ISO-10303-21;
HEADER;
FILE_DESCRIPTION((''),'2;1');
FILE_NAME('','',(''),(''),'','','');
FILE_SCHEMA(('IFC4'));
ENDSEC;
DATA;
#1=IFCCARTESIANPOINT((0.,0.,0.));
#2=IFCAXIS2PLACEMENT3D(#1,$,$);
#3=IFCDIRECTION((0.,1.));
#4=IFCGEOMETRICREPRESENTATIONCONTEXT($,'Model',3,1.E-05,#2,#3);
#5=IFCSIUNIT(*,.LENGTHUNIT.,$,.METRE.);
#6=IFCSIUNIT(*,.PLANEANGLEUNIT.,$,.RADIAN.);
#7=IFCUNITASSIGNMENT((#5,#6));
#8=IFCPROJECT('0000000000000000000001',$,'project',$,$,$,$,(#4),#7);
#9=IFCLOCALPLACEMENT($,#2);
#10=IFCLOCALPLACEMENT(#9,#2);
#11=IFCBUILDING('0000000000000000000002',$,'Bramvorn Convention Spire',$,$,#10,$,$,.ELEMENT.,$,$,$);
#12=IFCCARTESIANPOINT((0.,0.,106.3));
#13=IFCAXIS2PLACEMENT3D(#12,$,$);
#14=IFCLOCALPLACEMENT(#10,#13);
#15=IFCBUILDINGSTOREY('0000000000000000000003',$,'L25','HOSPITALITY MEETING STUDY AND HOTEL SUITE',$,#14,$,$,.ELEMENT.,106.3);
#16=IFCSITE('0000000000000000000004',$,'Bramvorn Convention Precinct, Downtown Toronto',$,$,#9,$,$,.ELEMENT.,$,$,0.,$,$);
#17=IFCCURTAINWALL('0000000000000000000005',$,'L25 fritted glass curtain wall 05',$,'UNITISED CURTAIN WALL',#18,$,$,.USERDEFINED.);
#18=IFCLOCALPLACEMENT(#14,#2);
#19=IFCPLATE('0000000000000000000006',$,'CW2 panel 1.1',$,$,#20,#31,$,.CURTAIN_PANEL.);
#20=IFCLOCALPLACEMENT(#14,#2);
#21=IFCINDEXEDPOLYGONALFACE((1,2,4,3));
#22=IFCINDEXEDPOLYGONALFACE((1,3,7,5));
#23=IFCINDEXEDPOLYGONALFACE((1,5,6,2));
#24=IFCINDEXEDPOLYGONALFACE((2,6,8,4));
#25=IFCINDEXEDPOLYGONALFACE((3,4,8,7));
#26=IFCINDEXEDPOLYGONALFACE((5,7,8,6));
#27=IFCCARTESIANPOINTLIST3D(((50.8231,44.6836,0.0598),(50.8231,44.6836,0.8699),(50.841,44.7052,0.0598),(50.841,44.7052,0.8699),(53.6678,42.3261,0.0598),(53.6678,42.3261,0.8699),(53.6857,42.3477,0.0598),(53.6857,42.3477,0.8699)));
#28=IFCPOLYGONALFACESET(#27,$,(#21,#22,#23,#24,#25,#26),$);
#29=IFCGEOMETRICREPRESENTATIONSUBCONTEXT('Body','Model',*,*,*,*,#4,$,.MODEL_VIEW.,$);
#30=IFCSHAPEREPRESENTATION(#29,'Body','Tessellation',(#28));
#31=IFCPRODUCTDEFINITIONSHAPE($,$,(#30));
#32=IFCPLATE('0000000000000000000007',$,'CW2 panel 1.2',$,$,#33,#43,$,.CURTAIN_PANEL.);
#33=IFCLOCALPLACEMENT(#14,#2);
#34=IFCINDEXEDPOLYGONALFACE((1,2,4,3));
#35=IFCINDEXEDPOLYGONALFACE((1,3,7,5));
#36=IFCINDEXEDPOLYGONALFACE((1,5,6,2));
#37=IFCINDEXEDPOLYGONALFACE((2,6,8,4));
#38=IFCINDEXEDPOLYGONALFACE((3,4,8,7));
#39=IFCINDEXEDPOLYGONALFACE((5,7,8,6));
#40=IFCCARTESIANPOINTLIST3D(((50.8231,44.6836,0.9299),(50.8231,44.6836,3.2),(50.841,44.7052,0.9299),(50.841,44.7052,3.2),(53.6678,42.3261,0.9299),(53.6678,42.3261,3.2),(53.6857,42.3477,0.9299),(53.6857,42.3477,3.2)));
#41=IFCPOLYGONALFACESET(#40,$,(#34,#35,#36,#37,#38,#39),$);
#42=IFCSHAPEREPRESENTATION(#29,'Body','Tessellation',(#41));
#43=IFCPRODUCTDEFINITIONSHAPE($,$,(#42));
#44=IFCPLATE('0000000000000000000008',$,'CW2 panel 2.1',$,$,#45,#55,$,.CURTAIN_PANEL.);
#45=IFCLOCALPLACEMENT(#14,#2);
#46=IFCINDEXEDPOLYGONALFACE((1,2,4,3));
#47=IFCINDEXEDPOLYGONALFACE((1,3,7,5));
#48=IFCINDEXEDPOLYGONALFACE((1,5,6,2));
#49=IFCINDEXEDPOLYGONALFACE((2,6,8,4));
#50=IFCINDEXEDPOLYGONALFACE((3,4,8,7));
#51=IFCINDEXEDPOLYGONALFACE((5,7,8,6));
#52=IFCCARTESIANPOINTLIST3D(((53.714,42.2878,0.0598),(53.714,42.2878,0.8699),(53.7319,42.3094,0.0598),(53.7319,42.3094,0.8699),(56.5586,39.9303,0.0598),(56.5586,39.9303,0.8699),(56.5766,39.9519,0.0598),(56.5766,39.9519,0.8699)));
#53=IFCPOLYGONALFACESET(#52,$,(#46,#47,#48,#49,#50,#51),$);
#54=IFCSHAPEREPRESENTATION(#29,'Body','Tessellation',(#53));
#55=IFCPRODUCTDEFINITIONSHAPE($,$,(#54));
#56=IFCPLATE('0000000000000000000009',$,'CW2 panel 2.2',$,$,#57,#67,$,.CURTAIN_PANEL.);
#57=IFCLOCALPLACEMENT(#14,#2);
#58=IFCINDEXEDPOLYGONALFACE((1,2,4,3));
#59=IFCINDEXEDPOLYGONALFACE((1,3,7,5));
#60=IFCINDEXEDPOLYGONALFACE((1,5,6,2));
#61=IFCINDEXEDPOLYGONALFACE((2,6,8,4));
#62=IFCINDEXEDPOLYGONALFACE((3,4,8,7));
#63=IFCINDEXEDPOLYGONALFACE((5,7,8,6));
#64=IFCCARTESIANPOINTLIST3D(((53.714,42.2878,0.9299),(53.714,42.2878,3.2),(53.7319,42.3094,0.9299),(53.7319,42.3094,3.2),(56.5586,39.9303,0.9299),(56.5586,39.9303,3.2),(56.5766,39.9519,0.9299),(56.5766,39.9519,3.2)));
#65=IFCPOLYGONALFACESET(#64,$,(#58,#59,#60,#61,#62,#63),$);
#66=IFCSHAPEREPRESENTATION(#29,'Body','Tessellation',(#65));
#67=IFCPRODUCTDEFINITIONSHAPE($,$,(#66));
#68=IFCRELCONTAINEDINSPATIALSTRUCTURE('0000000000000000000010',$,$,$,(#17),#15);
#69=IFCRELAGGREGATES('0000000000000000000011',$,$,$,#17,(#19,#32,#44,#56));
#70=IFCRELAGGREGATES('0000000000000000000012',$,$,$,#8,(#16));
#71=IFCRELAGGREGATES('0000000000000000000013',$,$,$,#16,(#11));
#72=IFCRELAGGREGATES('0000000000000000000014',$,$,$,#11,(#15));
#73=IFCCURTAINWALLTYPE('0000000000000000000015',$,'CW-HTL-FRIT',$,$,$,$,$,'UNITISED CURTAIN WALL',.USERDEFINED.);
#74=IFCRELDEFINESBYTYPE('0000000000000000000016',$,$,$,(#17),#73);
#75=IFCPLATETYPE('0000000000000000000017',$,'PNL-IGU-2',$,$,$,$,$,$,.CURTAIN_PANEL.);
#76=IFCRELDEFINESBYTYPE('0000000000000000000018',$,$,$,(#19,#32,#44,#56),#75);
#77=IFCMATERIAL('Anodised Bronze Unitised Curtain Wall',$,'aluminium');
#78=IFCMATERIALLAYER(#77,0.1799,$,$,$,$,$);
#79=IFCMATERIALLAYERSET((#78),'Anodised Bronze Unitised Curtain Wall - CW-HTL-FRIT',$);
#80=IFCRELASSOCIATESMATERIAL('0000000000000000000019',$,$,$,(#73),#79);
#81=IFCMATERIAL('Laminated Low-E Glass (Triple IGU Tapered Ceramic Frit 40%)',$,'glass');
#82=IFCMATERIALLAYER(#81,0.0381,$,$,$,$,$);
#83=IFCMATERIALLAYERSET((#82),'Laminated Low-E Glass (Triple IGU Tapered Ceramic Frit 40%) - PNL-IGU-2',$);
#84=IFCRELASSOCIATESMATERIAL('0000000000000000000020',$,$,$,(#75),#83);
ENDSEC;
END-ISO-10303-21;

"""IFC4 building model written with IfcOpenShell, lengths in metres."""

from ifc_helpers import new_model, si_unit, direction, frame, origin, origin_2d, place, context, subcontext, project, spatial, rectangle, extrude, material, layer, layer_set, type_object, element, aggregate, save


model = new_model("IFC4")

# Units and contexts
model_context = context("Model", 3, precision=1e-05, world=origin(), true_north=direction((0.0, 1.0)))
body_context = subcontext(model_context, "Body", "Model", "MODEL_VIEW")
ifc_project = project(units=[si_unit("LENGTHUNIT", "METRE"), si_unit("PLANEANGLEUNIT", "RADIAN")], contexts=[model_context])

# Site, building, storey
site_placement = place(None, origin())
site = spatial("IfcSite", under=ifc_project, at=site_placement, Name="Bramvorn Convention Precinct, Downtown Toronto", CompositionType="ELEMENT", RefElevation=0.0)
building_placement = place(site_placement, origin())
building = spatial("IfcBuilding", under=site, at=building_placement, Name="Bramvorn Convention Spire", CompositionType="ELEMENT")
storey_placement = place(building_placement, frame((0.0, 0.0, 106.3)))
storey = spatial("IfcBuildingStorey", under=building, at=storey_placement, Name="L25", Description="HOSPITALITY MEETING STUDY AND HOTEL SUITE", CompositionType="ELEMENT", Elevation=106.3)

# Shared definitions
ifc_material_1 = material(Name="Anodised Bronze Unitised Curtain Wall", Category="aluminium")
ifc_layer_1 = layer(ifc_material_1, 0.1799)
ifc_layer_set_1 = layer_set([ifc_layer_1], Name="Anodised Bronze Unitised Curtain Wall - CW-HTL-FRIT")
curtain_wall_type = type_object("IfcCurtainWallType", Name="CW-HTL-FRIT", ElementType="UNITISED CURTAIN WALL", PredefinedType="USERDEFINED", material=ifc_layer_set_1)

# Curtain wall
curtain_wall_1_placement = place(storey_placement, origin())
curtain_wall_1 = element("IfcCurtainWall", 1, at=curtain_wall_1_placement, inside=storey, type_object=curtain_wall_type, Name="L25 fritted glass curtain wall 05", ObjectType="UNITISED CURTAIN WALL", PredefinedType="USERDEFINED")

# Plates
ifc_material_2 = material(Name="Laminated Low-E Glass (Triple IGU Tapered Ceramic Frit 40%)", Category="glass")
ifc_layer_2 = layer(ifc_material_2, 0.0381)
ifc_layer_set_2 = layer_set([ifc_layer_2], Name="Laminated Low-E Glass (Triple IGU Tapered Ceramic Frit 40%) - PNL-IGU-2")
plate_type = type_object("IfcPlateType", Name="PNL-IGU-2", PredefinedType="CURTAIN_PANEL", material=ifc_layer_set_2)
plate_1_placement = place(storey_placement, frame((52.2544, 43.5156, 0.0598), z_axis=(0.0, 0.0, 1.0), x_axis=(0.769958, -0.638095, 0.0)))
plate_1 = element("IfcPlate", 2, at=plate_1_placement, type_object=plate_type, Name="CW2 panel 1.1", PredefinedType="CURTAIN_PANEL", context=body_context, shape_type="SweptSolid", body=[
    extrude(rectangle(XDim=3.6946, YDim=0.0281, at=origin_2d()), origin(), (0.0, 0.0, 1.0), 0.8101),
])
plate_2_placement = place(storey_placement, frame((52.2544, 43.5156, 0.9299), z_axis=(0.0, 0.0, 1.0), x_axis=(0.769958, -0.638095, 0.0)))
plate_2 = element("IfcPlate", 3, at=plate_2_placement, type_object=plate_type, Name="CW2 panel 1.2", PredefinedType="CURTAIN_PANEL", context=body_context, shape_type="SweptSolid", body=[
    extrude(rectangle(XDim=3.6946, YDim=0.0281, at=origin_2d()), origin(), (0.0, 0.0, 1.0), 2.27),
])
plate_3_placement = place(storey_placement, frame((55.1453, 41.1199, 0.0598), z_axis=(0.0, 0.0, 1.0), x_axis=(0.769958, -0.638095, 0.0)))
plate_3 = element("IfcPlate", 4, at=plate_3_placement, type_object=plate_type, Name="CW2 panel 2.1", PredefinedType="CURTAIN_PANEL", context=body_context, shape_type="SweptSolid", body=[
    extrude(rectangle(XDim=3.6946, YDim=0.0281, at=origin_2d()), origin(), (0.0, 0.0, 1.0), 0.8101),
])
plate_4_placement = place(storey_placement, frame((55.1453, 41.1199, 0.9299), z_axis=(0.0, 0.0, 1.0), x_axis=(0.769958, -0.638095, 0.0)))
plate_4 = element("IfcPlate", 5, at=plate_4_placement, type_object=plate_type, Name="CW2 panel 2.2", PredefinedType="CURTAIN_PANEL", context=body_context, shape_type="SweptSolid", body=[
    extrude(rectangle(XDim=3.6946, YDim=0.0281, at=origin_2d()), origin(), (0.0, 0.0, 1.0), 2.27),
])
aggregate(curtain_wall_1, [plate_1, plate_2, plate_3, plate_4])

save(model, "model.ifc")
